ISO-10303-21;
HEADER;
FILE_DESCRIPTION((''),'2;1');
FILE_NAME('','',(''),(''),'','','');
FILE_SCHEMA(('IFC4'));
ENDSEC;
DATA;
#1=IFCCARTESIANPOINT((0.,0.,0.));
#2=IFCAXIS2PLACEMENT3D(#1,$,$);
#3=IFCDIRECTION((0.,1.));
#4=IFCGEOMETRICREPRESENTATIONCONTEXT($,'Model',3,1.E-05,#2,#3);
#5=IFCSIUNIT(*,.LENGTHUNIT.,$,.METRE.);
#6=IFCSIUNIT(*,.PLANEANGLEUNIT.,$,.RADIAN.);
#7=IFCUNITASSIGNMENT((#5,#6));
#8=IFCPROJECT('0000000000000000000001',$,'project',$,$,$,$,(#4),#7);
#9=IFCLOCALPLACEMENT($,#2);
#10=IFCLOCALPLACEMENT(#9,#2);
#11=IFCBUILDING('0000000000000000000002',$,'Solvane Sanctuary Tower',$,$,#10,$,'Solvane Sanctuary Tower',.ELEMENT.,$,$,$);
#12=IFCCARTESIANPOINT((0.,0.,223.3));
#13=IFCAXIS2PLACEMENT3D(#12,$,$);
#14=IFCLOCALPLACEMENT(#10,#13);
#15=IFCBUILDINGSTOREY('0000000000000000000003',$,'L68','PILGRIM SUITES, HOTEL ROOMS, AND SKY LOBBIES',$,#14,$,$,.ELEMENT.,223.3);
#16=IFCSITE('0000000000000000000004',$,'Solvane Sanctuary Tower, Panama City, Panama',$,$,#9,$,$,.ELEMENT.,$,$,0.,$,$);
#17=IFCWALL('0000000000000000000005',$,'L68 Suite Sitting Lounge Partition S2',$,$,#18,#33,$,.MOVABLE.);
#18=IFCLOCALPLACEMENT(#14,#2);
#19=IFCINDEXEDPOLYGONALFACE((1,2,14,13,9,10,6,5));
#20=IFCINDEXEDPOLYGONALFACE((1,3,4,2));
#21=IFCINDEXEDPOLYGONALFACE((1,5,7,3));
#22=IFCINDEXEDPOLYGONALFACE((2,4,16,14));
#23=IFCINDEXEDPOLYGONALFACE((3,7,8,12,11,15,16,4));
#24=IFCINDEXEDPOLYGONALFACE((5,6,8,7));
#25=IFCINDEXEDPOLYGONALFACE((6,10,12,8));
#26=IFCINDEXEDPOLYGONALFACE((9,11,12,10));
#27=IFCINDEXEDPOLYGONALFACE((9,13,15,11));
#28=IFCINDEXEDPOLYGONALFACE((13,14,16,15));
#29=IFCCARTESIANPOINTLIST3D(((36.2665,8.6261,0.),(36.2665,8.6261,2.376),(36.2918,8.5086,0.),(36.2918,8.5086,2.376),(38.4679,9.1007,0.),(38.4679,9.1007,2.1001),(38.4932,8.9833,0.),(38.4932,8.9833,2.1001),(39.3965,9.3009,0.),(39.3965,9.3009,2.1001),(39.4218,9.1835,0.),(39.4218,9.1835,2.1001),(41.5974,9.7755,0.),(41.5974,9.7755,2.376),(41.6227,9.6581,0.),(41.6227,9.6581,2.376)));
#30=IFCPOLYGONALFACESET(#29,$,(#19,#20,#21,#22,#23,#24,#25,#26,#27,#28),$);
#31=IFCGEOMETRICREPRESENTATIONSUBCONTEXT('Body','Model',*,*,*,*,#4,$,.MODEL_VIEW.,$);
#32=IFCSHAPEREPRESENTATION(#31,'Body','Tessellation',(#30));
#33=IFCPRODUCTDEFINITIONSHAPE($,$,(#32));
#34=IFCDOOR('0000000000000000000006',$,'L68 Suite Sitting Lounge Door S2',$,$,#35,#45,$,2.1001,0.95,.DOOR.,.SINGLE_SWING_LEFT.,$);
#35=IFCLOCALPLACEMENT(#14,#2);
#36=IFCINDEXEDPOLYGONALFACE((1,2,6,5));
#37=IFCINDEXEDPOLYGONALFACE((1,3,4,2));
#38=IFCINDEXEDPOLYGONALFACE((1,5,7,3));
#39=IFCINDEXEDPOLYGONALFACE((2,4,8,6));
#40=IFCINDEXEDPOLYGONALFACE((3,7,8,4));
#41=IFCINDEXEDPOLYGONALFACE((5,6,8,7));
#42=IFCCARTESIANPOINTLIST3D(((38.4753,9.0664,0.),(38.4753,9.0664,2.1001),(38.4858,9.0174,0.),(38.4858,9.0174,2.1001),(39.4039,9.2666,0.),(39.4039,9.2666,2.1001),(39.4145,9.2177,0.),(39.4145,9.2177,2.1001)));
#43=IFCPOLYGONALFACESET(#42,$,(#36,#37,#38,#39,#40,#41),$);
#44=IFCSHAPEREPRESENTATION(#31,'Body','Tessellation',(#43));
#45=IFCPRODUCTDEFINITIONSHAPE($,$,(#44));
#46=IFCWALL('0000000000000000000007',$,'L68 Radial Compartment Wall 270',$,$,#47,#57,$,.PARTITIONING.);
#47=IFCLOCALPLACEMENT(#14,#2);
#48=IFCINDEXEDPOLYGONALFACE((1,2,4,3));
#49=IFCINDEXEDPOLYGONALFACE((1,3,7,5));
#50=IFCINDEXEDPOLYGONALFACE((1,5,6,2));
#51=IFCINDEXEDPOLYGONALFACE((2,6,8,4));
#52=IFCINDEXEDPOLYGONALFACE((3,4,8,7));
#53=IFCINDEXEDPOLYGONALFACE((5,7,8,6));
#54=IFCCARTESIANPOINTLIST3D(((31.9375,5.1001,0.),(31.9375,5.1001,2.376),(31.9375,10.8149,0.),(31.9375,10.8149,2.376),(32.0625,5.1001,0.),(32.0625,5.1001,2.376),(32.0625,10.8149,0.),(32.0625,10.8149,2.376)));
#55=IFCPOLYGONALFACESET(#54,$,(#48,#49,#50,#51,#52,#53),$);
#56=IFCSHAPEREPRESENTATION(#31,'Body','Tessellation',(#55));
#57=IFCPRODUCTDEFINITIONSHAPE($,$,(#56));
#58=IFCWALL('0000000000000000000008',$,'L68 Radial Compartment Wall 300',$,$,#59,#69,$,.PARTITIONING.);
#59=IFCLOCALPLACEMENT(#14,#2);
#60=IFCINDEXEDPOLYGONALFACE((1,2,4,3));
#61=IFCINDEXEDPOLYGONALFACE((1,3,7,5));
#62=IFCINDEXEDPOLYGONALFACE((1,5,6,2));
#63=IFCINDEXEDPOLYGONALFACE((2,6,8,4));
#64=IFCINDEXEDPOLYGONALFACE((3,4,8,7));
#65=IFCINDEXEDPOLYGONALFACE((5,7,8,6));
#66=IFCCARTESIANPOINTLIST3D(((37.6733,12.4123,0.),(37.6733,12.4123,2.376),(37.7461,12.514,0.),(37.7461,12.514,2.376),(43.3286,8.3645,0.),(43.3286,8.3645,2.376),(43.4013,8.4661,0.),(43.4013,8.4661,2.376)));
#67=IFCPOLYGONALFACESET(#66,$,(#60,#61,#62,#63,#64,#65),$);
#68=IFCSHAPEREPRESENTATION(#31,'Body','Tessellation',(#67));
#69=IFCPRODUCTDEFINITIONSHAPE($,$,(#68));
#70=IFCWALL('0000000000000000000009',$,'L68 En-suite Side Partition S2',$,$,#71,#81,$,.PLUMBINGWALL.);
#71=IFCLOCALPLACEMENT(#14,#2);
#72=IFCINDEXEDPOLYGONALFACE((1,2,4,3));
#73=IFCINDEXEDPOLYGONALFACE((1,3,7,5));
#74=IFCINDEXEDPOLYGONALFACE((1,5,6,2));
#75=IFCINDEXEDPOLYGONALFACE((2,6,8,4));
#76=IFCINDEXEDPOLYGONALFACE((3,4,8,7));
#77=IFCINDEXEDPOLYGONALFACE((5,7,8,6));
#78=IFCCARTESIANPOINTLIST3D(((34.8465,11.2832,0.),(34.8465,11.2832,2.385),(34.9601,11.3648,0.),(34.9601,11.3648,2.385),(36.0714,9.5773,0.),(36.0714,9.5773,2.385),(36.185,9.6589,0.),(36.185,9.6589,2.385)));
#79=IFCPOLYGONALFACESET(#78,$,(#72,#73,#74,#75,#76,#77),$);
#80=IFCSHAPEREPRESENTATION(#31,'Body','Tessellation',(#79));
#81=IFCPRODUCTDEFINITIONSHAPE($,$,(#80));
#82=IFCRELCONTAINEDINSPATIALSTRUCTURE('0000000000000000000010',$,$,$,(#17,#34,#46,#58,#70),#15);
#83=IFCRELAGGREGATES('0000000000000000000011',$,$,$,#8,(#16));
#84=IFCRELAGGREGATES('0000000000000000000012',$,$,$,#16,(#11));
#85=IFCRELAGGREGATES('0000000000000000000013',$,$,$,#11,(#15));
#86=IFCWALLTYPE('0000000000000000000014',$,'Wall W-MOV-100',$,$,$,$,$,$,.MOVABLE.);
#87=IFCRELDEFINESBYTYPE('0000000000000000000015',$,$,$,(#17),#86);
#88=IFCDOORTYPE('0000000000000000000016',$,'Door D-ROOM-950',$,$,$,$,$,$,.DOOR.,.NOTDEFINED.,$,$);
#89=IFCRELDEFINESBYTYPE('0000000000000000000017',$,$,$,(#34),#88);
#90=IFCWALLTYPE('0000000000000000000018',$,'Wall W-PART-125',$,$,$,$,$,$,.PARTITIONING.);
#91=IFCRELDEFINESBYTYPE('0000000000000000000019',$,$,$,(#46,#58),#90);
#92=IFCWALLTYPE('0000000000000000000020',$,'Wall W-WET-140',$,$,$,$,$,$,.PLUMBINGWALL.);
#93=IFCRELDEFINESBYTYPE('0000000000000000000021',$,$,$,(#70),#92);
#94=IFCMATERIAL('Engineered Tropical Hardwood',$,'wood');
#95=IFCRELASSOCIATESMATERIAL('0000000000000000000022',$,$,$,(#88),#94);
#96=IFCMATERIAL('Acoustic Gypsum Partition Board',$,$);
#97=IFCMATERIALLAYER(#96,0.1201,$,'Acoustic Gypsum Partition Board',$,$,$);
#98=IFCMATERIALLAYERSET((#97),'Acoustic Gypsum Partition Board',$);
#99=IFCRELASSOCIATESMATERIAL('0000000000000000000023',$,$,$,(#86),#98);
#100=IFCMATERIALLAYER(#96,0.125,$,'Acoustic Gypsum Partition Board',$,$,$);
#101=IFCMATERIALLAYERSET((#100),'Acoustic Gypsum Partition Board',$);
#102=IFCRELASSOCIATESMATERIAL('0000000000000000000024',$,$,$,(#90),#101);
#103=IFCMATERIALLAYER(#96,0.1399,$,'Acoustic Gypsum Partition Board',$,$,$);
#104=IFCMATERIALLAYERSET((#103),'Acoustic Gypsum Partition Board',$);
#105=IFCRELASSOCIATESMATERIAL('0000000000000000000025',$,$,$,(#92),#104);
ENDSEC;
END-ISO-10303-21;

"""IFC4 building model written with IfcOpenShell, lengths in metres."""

from ifc_helpers import new_model, si_unit, direction, frame, frame_2d, origin, place, context, subcontext, project, spatial, rectangle, extrude, material, layer, layer_set, type_object, element, fill, save


model = new_model("IFC4")

# Units and contexts
model_context = context("Model", 3, precision=1e-05, world=origin(), true_north=direction((0.0, 1.0)))
body_context = subcontext(model_context, "Body", "Model", "MODEL_VIEW")
ifc_project = project(units=[si_unit("LENGTHUNIT", "METRE"), si_unit("PLANEANGLEUNIT", "RADIAN")], contexts=[model_context])

# Site, building, storey
site_placement = place(None, origin())
site = spatial("IfcSite", under=ifc_project, at=site_placement, Name="Solvane Sanctuary Tower, Panama City, Panama", CompositionType="ELEMENT", RefElevation=0.0)
building_placement = place(site_placement, origin())
building = spatial("IfcBuilding", under=site, at=building_placement, Name="Solvane Sanctuary Tower", LongName="Solvane Sanctuary Tower", CompositionType="ELEMENT")
storey_placement = place(building_placement, frame((0.0, 0.0, 223.3)))
storey = spatial("IfcBuildingStorey", under=building, at=storey_placement, Name="L68", Description="PILGRIM SUITES, HOTEL ROOMS, AND SKY LOBBIES", CompositionType="ELEMENT", Elevation=223.3)

# Shared definitions
ifc_material_1 = material(Name="Acoustic Gypsum Partition Board")
ifc_material_2 = material(Name="Engineered Tropical Hardwood", Category="wood")
door_type_1 = type_object("IfcDoorType", Name="Door D-ROOM-950", OperationType="NOTDEFINED", PredefinedType="DOOR", material=ifc_material_2)

# Wall, opening, door
ifc_layer_1 = layer(ifc_material_1, 0.1201, Name="Acoustic Gypsum Partition Board")
ifc_layer_set_1 = layer_set([ifc_layer_1], Name="Acoustic Gypsum Partition Board")
wall_type_1 = type_object("IfcWallType", Name="Wall W-MOV-100", PredefinedType="MOVABLE", material=ifc_layer_set_1)
wall_1_placement = place(storey_placement, frame((36.2793, 8.5674, 0.0), z_axis=(0.0, 0.0, 1.0), x_axis=(0.977535, 0.210773, 0.0)))
wall_1 = element("IfcWall", 1, at=wall_1_placement, inside=storey, type_object=wall_type_1, Name="L68 Suite Sitting Lounge Partition S2", PredefinedType="MOVABLE", context=body_context, shape_type="SweptSolid", body=[
    extrude(rectangle(XDim=5.4534, YDim=0.1201, at=frame_2d((2.7266, 0.0))), origin(), (0.0, 0.0, 1.0), 2.376),
])
opening_1_placement = place(wall_1_placement, frame((2.2517, 0.0, 0.0)))
opening_1 = element("IfcOpeningElement", 2, at=opening_1_placement, cuts=wall_1, PredefinedType="OPENING", context=body_context, shape_type="SweptSolid", body=[
    extrude(rectangle(XDim=0.95, YDim=2.1001, at=frame_2d((0.4751, 1.05))), frame((0.0, 0.0701, 0.0), z_axis=(0.0, -1.0, 0.0), x_axis=(1.0, 0.0, 0.0)), (0.0, 0.0, 1.0), 0.1401),
])
door_1_placement = place(opening_1_placement, origin())
door_1 = element("IfcDoor", 3, at=door_1_placement, inside=storey, type_object=door_type_1, Name="L68 Suite Sitting Lounge Door S2", OperationType="SINGLE_SWING_LEFT", OverallHeight=2.1001, OverallWidth=0.95, PredefinedType="DOOR", context=body_context, shape_type="SweptSolid", body=[
    extrude(rectangle(XDim=0.95, YDim=2.1001, at=frame_2d((0.4751, 1.05))), frame((0.0, 0.0249, 0.0), z_axis=(0.0, -1.0, 0.0), x_axis=(1.0, 0.0, 0.0)), (0.0, 0.0, 1.0), 0.05),
])
fill(opening_1, door_1)

# Walls
ifc_layer_2 = layer(ifc_material_1, 0.125, Name="Acoustic Gypsum Partition Board")
ifc_layer_set_2 = layer_set([ifc_layer_2], Name="Acoustic Gypsum Partition Board")
wall_type_2 = type_object("IfcWallType", Name="Wall W-PART-125", PredefinedType="PARTITIONING", material=ifc_layer_set_2)
wall_2_placement = place(storey_placement, frame((32.0, 10.8149, 0.0), z_axis=(0.0, 0.0, 1.0), x_axis=(0.0, -1.0, 0.0)))
element("IfcWall", 4, at=wall_2_placement, inside=storey, type_object=wall_type_2, Name="L68 Radial Compartment Wall 270", PredefinedType="PARTITIONING", context=body_context, shape_type="SweptSolid", body=[
    extrude(rectangle(XDim=5.7148, YDim=0.125, at=frame_2d((2.8574, 0.0))), origin(), (0.0, 0.0, 1.0), 2.376),
])
wall_3_placement = place(storey_placement, frame((37.7097, 12.4631, 0.0), z_axis=(0.0, 0.0, 1.0), x_axis=(0.813164, -0.582035, 0.0)))
element("IfcWall", 5, at=wall_3_placement, inside=storey, type_object=wall_type_2, Name="L68 Radial Compartment Wall 300", PredefinedType="PARTITIONING", context=body_context, shape_type="SweptSolid", body=[
    extrude(rectangle(XDim=6.9546, YDim=0.125, at=frame_2d((3.4773, 0.0))), origin(), (0.0, 0.0, 1.0), 2.376),
])
ifc_layer_3 = layer(ifc_material_1, 0.1399, Name="Acoustic Gypsum Partition Board")
ifc_layer_set_3 = layer_set([ifc_layer_3], Name="Acoustic Gypsum Partition Board")
wall_type_3 = type_object("IfcWallType", Name="Wall W-WET-140", PredefinedType="PLUMBINGWALL", material=ifc_layer_set_3)
wall_4_placement = place(storey_placement, frame((34.9033, 11.324, 0.0), z_axis=(0.0, 0.0, 1.0), x_axis=(0.58326, -0.812286, 0.0)))
element("IfcWall", 6, at=wall_4_placement, inside=storey, type_object=wall_type_3, Name="L68 En-suite Side Partition S2", PredefinedType="PLUMBINGWALL", context=body_context, shape_type="SweptSolid", body=[
    extrude(rectangle(XDim=2.1001, YDim=0.1399, at=frame_2d((1.05, 0.0))), origin(), (0.0, 0.0, 1.0), 2.385),
])

save(model, "model.ifc")
